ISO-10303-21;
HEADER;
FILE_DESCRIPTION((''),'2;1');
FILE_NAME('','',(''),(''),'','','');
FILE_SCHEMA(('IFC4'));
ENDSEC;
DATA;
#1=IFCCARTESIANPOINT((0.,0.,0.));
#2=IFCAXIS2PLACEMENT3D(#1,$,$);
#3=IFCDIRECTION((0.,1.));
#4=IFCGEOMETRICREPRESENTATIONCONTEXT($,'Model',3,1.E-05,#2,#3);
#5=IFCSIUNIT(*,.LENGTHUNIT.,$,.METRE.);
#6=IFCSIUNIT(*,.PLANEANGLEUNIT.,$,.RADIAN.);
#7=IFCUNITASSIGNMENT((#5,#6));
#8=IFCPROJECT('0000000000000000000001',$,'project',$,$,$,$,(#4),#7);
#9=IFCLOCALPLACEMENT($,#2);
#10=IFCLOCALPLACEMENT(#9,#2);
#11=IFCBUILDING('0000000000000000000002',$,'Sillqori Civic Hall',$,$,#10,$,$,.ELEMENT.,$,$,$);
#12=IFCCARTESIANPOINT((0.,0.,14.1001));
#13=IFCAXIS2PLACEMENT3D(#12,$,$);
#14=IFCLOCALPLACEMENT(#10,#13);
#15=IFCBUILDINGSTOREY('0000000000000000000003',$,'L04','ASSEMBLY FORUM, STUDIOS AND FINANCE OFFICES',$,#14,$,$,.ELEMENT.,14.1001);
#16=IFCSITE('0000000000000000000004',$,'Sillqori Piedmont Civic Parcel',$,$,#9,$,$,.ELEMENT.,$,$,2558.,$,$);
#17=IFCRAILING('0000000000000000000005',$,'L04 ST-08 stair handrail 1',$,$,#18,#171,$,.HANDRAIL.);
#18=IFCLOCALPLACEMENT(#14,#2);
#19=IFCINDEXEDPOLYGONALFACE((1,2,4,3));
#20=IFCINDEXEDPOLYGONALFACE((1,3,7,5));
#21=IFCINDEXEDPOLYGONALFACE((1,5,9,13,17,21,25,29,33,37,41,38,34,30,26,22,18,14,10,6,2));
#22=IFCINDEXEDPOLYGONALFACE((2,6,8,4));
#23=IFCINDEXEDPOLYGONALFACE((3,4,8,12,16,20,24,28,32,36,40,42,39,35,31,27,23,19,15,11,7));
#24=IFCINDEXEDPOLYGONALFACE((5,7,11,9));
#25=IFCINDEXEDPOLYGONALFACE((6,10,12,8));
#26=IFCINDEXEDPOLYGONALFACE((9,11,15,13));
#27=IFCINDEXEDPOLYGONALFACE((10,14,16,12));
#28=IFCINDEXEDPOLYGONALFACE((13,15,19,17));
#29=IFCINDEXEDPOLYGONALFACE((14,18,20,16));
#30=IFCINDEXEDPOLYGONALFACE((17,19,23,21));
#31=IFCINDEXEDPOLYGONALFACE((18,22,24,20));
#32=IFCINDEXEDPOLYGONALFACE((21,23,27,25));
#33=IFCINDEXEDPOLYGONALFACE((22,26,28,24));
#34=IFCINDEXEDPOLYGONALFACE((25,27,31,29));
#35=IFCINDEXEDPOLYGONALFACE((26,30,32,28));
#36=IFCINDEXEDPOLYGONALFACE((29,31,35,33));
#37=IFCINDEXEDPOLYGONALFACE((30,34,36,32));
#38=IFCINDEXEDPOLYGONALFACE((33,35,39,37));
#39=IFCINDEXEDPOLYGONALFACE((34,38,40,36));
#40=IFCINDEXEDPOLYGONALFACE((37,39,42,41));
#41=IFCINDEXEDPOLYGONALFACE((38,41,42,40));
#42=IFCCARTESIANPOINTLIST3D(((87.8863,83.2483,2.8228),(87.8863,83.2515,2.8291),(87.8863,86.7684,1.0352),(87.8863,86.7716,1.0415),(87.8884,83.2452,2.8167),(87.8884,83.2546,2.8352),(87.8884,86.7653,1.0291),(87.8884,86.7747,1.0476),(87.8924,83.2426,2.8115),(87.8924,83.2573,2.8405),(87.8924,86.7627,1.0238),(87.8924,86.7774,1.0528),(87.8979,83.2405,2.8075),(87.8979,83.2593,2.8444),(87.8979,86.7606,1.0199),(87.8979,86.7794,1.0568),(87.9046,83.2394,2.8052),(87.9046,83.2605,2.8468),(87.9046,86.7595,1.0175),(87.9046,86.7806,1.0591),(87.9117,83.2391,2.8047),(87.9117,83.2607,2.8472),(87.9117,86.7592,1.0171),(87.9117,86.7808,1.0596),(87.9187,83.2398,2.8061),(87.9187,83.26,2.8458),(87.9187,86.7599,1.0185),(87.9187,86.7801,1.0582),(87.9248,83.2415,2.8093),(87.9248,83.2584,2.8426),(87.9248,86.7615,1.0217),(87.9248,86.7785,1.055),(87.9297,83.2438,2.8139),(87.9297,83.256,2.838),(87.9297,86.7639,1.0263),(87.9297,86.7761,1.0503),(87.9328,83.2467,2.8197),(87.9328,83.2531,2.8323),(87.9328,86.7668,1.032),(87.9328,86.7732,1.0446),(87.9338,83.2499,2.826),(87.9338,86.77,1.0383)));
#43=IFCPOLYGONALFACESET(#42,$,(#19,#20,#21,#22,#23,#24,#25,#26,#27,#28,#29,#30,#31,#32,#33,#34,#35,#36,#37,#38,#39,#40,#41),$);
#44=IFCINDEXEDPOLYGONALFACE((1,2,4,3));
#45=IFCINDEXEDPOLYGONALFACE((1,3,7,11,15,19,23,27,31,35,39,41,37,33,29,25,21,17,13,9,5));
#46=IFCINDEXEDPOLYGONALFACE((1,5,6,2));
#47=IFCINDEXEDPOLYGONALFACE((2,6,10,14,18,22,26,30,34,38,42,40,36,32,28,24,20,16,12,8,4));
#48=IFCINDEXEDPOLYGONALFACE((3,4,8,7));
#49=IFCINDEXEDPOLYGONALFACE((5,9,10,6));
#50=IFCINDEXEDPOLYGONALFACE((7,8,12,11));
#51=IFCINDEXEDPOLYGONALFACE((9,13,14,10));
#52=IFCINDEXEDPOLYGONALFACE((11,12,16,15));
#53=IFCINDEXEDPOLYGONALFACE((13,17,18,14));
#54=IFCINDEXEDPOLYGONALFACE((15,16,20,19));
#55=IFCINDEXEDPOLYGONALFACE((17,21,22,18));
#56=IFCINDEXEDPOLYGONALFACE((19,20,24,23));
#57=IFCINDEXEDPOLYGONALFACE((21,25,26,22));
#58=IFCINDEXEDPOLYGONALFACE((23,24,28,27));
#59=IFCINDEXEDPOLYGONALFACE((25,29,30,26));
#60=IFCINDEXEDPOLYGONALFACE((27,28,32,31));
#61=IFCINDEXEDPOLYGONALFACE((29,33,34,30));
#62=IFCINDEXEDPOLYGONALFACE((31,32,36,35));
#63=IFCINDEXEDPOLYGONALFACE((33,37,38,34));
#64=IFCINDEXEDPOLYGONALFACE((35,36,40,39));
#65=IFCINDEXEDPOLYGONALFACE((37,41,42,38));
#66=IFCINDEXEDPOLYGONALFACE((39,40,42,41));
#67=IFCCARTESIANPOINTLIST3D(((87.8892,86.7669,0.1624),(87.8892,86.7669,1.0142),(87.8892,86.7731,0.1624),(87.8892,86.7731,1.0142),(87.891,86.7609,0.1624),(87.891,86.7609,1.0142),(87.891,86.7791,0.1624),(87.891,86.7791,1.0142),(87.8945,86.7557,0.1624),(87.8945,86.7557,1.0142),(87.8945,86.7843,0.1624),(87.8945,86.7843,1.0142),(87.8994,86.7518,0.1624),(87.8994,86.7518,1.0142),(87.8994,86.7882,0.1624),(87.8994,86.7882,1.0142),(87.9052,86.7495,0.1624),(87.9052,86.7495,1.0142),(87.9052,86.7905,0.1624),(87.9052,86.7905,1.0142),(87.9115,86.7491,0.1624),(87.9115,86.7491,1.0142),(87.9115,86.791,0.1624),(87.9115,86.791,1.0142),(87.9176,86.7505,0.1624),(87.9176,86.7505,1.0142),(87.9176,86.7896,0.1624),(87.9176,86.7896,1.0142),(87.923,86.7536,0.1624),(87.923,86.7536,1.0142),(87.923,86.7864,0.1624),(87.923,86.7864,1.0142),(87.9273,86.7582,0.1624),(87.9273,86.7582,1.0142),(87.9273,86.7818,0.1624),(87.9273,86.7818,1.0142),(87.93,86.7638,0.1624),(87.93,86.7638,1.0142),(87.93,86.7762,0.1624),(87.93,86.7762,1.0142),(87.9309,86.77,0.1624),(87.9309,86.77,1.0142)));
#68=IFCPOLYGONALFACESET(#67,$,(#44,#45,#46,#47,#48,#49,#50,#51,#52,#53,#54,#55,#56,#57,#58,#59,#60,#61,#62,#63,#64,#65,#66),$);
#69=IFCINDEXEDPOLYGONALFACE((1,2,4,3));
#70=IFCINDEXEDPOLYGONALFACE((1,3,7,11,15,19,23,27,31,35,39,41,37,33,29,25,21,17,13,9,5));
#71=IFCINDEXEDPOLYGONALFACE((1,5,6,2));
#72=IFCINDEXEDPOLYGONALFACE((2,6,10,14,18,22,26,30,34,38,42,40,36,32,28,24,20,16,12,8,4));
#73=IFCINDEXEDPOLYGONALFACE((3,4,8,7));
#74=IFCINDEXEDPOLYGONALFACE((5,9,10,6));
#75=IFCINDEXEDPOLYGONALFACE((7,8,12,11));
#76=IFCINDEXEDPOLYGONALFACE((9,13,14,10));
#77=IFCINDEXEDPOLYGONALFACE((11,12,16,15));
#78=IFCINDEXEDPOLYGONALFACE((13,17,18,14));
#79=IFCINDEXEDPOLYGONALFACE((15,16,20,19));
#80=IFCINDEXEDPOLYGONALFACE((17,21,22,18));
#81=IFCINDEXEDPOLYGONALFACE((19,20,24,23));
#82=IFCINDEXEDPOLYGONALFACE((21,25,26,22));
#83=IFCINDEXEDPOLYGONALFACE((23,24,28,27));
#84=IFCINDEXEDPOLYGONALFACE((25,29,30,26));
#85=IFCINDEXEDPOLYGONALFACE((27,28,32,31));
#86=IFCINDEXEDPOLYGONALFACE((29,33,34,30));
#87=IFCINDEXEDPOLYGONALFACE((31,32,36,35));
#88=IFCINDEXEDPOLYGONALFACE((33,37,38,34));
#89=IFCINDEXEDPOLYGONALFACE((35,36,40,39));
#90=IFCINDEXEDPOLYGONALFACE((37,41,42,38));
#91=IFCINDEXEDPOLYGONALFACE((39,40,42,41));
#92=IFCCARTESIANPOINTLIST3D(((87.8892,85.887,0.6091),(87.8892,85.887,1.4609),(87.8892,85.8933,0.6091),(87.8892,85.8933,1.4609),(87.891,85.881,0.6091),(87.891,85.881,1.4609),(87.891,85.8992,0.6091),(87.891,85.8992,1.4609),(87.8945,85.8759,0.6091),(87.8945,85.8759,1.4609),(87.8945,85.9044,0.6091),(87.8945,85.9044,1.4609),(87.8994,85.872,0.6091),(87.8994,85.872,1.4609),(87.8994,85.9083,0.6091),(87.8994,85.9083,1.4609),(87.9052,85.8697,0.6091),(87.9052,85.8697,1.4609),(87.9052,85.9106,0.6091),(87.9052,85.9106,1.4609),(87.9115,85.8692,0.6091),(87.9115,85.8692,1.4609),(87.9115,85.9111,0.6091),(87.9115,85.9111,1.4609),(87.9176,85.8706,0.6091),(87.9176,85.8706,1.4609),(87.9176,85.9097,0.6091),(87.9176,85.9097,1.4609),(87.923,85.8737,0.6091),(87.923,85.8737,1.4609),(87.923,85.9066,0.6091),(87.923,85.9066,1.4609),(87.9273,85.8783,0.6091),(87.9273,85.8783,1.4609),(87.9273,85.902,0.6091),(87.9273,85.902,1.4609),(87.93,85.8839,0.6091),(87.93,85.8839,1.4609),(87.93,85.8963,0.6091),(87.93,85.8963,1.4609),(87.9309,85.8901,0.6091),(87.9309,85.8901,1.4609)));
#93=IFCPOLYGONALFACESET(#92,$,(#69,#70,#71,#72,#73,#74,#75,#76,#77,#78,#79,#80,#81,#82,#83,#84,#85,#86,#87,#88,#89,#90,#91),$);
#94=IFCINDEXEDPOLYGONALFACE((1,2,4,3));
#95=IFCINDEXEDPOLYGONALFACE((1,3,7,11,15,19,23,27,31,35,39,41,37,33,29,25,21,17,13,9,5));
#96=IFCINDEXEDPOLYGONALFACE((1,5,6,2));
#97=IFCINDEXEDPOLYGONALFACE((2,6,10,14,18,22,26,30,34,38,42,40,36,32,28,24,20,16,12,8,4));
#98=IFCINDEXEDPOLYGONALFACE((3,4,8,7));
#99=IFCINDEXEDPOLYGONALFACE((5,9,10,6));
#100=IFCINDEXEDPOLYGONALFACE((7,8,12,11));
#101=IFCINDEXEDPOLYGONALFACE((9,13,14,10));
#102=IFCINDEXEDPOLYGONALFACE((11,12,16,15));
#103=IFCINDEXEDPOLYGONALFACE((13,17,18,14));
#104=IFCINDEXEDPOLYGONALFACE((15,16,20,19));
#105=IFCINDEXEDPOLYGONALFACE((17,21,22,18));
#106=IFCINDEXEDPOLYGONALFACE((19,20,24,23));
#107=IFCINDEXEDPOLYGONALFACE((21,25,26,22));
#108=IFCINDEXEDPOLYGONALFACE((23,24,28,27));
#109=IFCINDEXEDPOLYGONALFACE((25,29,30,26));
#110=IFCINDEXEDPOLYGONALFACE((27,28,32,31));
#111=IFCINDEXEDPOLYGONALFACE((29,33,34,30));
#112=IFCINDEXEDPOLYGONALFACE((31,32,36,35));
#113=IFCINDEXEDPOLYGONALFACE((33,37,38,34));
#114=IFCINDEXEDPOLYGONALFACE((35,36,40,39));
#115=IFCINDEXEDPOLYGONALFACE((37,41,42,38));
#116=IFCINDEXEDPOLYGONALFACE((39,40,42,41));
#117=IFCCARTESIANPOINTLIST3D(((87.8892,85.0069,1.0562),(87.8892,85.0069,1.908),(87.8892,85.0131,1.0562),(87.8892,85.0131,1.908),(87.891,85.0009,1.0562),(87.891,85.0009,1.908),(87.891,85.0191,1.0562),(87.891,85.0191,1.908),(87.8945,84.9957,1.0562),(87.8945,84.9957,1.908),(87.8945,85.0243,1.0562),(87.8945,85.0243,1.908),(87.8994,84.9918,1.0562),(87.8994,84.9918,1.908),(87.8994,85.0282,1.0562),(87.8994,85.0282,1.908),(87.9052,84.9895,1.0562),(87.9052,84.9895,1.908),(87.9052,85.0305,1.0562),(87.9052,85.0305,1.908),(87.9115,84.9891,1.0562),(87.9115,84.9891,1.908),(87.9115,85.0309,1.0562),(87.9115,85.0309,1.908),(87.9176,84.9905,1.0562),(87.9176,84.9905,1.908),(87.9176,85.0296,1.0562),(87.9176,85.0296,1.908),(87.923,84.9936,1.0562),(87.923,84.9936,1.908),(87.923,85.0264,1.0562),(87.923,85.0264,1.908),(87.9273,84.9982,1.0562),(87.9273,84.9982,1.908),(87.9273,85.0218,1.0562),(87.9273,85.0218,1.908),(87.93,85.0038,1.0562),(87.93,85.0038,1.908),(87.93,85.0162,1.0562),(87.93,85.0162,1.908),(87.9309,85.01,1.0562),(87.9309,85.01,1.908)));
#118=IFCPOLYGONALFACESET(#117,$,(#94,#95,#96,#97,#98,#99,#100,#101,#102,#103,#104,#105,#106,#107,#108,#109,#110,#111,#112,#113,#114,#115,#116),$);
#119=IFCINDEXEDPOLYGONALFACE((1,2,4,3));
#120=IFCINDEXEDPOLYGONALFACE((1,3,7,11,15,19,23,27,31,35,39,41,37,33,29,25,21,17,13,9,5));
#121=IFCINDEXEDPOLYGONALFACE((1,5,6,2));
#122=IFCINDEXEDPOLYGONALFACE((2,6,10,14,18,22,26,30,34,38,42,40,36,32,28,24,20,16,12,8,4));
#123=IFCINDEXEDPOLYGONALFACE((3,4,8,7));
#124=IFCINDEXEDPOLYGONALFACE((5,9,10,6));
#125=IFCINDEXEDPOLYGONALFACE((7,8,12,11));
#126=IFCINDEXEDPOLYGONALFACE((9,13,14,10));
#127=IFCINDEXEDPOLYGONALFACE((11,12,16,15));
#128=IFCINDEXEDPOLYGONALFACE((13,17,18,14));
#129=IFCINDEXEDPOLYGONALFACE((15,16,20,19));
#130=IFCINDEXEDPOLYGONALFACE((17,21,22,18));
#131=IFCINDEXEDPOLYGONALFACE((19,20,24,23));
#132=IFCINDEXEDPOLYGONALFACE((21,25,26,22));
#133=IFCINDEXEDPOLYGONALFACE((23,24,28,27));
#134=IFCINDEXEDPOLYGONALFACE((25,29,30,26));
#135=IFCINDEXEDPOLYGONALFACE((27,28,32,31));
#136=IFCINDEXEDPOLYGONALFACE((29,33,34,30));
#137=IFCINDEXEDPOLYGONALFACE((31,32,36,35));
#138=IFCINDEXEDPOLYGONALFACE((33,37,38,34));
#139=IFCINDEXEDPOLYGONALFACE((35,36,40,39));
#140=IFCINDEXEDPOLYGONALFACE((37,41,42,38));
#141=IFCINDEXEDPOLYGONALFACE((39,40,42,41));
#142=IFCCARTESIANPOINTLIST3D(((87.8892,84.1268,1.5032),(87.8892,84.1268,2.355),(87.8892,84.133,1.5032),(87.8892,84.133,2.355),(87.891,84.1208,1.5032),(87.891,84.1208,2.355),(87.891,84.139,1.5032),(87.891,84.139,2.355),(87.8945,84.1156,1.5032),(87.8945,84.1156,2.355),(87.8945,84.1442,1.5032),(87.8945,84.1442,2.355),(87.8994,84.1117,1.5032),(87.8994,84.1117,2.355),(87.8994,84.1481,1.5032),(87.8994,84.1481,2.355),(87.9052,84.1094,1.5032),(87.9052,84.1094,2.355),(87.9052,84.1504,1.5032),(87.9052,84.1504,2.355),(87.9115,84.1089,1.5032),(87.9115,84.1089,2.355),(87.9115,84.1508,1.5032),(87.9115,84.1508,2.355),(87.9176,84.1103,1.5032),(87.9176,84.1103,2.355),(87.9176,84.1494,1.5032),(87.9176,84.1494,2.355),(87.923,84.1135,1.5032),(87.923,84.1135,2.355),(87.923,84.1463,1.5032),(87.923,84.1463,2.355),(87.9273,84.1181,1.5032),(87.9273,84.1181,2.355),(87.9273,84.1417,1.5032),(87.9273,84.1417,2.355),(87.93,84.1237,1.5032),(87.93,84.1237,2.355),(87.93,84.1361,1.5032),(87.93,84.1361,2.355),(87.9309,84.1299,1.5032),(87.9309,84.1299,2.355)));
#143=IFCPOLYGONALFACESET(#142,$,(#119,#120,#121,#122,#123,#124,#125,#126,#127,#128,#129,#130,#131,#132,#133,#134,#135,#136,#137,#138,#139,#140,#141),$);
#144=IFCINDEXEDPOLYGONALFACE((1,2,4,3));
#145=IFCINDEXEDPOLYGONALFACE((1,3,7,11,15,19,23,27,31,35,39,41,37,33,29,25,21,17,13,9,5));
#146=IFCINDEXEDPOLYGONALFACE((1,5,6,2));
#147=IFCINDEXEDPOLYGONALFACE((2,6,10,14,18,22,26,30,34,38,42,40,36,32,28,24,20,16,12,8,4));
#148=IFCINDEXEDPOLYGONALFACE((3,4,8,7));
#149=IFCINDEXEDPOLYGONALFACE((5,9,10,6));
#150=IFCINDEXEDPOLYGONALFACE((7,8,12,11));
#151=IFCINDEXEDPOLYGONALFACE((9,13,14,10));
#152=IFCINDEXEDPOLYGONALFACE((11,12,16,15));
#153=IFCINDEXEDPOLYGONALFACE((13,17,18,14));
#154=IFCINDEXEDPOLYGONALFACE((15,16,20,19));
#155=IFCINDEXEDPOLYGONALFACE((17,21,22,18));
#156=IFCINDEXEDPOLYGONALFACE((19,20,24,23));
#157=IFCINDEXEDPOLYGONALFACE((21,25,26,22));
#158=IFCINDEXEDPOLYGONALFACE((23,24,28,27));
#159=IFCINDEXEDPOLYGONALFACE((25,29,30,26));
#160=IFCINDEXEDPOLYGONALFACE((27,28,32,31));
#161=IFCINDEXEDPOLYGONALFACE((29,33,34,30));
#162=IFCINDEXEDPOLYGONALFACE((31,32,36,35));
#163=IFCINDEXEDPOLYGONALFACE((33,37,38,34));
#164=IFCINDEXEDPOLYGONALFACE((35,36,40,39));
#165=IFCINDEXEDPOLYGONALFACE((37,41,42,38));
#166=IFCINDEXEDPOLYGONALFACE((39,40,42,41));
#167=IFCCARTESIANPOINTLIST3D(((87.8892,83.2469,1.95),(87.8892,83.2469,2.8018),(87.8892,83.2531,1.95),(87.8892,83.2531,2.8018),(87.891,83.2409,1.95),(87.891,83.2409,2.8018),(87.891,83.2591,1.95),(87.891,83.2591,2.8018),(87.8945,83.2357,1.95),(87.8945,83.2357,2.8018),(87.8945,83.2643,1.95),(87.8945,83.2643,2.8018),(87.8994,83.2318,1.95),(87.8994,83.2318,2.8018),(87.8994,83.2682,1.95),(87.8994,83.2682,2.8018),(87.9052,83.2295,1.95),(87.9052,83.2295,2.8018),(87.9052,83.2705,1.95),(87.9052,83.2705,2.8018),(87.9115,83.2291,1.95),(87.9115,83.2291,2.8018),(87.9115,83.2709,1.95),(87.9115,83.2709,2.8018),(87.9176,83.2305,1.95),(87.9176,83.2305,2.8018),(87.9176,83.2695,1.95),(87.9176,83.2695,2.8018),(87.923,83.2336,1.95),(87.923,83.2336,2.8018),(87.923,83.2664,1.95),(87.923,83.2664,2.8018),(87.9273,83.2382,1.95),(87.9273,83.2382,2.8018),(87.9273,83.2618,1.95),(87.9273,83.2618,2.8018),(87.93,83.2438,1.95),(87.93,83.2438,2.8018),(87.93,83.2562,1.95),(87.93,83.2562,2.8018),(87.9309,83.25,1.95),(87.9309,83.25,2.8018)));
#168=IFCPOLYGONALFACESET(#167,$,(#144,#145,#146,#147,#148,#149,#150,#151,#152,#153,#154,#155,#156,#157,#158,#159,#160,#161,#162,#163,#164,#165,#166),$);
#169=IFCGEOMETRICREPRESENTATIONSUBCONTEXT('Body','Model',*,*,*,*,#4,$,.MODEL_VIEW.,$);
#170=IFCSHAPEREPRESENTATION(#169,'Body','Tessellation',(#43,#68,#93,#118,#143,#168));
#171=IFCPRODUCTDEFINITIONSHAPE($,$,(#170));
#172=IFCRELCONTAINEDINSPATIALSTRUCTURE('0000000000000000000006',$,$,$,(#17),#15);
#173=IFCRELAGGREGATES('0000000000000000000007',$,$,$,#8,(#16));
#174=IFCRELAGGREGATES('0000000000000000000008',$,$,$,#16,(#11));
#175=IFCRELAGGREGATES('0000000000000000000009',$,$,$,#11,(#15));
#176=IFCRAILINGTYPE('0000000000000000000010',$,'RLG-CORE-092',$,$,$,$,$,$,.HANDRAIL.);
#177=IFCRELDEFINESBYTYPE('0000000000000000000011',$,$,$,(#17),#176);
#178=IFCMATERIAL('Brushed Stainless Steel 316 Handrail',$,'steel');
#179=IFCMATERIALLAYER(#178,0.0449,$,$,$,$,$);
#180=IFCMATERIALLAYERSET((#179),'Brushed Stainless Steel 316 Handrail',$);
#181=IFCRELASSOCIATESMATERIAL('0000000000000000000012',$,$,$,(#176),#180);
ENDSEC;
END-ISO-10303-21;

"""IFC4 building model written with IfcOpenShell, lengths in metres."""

from ifc_helpers import new_model, si_unit, direction, frame, origin, origin_2d, place, context, subcontext, project, spatial, circle, extrude, material, layer, layer_set, type_object, element, save


model = new_model("IFC4")

# Units and contexts
model_context = context("Model", 3, precision=1e-05, world=origin(), true_north=direction((0.0, 1.0)))
body_context = subcontext(model_context, "Body", "Model", "MODEL_VIEW")
ifc_project = project(units=[si_unit("LENGTHUNIT", "METRE"), si_unit("PLANEANGLEUNIT", "RADIAN")], contexts=[model_context])

# Site, building, storey
site_placement = place(None, origin())
site = spatial("IfcSite", under=ifc_project, at=site_placement, Name="Sillqori Piedmont Civic Parcel", CompositionType="ELEMENT", RefElevation=2558.0)
building_placement = place(site_placement, origin())
building = spatial("IfcBuilding", under=site, at=building_placement, Name="Sillqori Civic Hall", CompositionType="ELEMENT")
storey_placement = place(building_placement, frame((0.0, 0.0, 14.1001)))
storey = spatial("IfcBuildingStorey", under=building, at=storey_placement, Name="L04", Description="ASSEMBLY FORUM, STUDIOS AND FINANCE OFFICES", CompositionType="ELEMENT", Elevation=14.1001)

# Railing
ifc_material_1 = material(Name="Brushed Stainless Steel 316 Handrail", Category="steel")
ifc_layer_1 = layer(ifc_material_1, 0.0449)
ifc_layer_set_1 = layer_set([ifc_layer_1], Name="Brushed Stainless Steel 316 Handrail")
railing_type_1 = type_object("IfcRailingType", Name="RLG-CORE-092", PredefinedType="HANDRAIL", material=ifc_layer_set_1)
railing_1_placement = place(storey_placement, frame((87.9099, 86.77, 0.1624)))
element("IfcRailing", 1, at=railing_1_placement, inside=storey, type_object=railing_type_1, Name="L04 ST-08 stair handrail 1", PredefinedType="HANDRAIL", context=body_context, shape_type="SweptSolid", body=[
    extrude(circle(Radius=0.0239, at=origin_2d()), frame((0.0, 0.0, 0.876), z_axis=(0.0, -0.891615, 0.452795), x_axis=(1.0, 0.0, 0.0)), (0.0, 0.0, 1.0), 3.948),
    extrude(circle(Radius=0.021, at=origin_2d()), origin(), (0.0, 0.0, 1.0), 0.8518),
    extrude(circle(Radius=0.021, at=origin_2d()), frame((0.0, -0.8799, 0.4468)), (0.0, 0.0, 1.0), 0.8518),
    extrude(circle(Radius=0.021, at=origin_2d()), frame((0.0, -1.76, 0.8938)), (0.0, 0.0, 1.0), 0.8518),
    extrude(circle(Radius=0.021, at=origin_2d()), frame((0.0, -2.6401, 1.3408)), (0.0, 0.0, 1.0), 0.8518),
    extrude(circle(Radius=0.021, at=origin_2d()), frame((0.0, -3.52, 1.7876)), (0.0, 0.0, 1.0), 0.8518),
])

save(model, "model.ifc")
